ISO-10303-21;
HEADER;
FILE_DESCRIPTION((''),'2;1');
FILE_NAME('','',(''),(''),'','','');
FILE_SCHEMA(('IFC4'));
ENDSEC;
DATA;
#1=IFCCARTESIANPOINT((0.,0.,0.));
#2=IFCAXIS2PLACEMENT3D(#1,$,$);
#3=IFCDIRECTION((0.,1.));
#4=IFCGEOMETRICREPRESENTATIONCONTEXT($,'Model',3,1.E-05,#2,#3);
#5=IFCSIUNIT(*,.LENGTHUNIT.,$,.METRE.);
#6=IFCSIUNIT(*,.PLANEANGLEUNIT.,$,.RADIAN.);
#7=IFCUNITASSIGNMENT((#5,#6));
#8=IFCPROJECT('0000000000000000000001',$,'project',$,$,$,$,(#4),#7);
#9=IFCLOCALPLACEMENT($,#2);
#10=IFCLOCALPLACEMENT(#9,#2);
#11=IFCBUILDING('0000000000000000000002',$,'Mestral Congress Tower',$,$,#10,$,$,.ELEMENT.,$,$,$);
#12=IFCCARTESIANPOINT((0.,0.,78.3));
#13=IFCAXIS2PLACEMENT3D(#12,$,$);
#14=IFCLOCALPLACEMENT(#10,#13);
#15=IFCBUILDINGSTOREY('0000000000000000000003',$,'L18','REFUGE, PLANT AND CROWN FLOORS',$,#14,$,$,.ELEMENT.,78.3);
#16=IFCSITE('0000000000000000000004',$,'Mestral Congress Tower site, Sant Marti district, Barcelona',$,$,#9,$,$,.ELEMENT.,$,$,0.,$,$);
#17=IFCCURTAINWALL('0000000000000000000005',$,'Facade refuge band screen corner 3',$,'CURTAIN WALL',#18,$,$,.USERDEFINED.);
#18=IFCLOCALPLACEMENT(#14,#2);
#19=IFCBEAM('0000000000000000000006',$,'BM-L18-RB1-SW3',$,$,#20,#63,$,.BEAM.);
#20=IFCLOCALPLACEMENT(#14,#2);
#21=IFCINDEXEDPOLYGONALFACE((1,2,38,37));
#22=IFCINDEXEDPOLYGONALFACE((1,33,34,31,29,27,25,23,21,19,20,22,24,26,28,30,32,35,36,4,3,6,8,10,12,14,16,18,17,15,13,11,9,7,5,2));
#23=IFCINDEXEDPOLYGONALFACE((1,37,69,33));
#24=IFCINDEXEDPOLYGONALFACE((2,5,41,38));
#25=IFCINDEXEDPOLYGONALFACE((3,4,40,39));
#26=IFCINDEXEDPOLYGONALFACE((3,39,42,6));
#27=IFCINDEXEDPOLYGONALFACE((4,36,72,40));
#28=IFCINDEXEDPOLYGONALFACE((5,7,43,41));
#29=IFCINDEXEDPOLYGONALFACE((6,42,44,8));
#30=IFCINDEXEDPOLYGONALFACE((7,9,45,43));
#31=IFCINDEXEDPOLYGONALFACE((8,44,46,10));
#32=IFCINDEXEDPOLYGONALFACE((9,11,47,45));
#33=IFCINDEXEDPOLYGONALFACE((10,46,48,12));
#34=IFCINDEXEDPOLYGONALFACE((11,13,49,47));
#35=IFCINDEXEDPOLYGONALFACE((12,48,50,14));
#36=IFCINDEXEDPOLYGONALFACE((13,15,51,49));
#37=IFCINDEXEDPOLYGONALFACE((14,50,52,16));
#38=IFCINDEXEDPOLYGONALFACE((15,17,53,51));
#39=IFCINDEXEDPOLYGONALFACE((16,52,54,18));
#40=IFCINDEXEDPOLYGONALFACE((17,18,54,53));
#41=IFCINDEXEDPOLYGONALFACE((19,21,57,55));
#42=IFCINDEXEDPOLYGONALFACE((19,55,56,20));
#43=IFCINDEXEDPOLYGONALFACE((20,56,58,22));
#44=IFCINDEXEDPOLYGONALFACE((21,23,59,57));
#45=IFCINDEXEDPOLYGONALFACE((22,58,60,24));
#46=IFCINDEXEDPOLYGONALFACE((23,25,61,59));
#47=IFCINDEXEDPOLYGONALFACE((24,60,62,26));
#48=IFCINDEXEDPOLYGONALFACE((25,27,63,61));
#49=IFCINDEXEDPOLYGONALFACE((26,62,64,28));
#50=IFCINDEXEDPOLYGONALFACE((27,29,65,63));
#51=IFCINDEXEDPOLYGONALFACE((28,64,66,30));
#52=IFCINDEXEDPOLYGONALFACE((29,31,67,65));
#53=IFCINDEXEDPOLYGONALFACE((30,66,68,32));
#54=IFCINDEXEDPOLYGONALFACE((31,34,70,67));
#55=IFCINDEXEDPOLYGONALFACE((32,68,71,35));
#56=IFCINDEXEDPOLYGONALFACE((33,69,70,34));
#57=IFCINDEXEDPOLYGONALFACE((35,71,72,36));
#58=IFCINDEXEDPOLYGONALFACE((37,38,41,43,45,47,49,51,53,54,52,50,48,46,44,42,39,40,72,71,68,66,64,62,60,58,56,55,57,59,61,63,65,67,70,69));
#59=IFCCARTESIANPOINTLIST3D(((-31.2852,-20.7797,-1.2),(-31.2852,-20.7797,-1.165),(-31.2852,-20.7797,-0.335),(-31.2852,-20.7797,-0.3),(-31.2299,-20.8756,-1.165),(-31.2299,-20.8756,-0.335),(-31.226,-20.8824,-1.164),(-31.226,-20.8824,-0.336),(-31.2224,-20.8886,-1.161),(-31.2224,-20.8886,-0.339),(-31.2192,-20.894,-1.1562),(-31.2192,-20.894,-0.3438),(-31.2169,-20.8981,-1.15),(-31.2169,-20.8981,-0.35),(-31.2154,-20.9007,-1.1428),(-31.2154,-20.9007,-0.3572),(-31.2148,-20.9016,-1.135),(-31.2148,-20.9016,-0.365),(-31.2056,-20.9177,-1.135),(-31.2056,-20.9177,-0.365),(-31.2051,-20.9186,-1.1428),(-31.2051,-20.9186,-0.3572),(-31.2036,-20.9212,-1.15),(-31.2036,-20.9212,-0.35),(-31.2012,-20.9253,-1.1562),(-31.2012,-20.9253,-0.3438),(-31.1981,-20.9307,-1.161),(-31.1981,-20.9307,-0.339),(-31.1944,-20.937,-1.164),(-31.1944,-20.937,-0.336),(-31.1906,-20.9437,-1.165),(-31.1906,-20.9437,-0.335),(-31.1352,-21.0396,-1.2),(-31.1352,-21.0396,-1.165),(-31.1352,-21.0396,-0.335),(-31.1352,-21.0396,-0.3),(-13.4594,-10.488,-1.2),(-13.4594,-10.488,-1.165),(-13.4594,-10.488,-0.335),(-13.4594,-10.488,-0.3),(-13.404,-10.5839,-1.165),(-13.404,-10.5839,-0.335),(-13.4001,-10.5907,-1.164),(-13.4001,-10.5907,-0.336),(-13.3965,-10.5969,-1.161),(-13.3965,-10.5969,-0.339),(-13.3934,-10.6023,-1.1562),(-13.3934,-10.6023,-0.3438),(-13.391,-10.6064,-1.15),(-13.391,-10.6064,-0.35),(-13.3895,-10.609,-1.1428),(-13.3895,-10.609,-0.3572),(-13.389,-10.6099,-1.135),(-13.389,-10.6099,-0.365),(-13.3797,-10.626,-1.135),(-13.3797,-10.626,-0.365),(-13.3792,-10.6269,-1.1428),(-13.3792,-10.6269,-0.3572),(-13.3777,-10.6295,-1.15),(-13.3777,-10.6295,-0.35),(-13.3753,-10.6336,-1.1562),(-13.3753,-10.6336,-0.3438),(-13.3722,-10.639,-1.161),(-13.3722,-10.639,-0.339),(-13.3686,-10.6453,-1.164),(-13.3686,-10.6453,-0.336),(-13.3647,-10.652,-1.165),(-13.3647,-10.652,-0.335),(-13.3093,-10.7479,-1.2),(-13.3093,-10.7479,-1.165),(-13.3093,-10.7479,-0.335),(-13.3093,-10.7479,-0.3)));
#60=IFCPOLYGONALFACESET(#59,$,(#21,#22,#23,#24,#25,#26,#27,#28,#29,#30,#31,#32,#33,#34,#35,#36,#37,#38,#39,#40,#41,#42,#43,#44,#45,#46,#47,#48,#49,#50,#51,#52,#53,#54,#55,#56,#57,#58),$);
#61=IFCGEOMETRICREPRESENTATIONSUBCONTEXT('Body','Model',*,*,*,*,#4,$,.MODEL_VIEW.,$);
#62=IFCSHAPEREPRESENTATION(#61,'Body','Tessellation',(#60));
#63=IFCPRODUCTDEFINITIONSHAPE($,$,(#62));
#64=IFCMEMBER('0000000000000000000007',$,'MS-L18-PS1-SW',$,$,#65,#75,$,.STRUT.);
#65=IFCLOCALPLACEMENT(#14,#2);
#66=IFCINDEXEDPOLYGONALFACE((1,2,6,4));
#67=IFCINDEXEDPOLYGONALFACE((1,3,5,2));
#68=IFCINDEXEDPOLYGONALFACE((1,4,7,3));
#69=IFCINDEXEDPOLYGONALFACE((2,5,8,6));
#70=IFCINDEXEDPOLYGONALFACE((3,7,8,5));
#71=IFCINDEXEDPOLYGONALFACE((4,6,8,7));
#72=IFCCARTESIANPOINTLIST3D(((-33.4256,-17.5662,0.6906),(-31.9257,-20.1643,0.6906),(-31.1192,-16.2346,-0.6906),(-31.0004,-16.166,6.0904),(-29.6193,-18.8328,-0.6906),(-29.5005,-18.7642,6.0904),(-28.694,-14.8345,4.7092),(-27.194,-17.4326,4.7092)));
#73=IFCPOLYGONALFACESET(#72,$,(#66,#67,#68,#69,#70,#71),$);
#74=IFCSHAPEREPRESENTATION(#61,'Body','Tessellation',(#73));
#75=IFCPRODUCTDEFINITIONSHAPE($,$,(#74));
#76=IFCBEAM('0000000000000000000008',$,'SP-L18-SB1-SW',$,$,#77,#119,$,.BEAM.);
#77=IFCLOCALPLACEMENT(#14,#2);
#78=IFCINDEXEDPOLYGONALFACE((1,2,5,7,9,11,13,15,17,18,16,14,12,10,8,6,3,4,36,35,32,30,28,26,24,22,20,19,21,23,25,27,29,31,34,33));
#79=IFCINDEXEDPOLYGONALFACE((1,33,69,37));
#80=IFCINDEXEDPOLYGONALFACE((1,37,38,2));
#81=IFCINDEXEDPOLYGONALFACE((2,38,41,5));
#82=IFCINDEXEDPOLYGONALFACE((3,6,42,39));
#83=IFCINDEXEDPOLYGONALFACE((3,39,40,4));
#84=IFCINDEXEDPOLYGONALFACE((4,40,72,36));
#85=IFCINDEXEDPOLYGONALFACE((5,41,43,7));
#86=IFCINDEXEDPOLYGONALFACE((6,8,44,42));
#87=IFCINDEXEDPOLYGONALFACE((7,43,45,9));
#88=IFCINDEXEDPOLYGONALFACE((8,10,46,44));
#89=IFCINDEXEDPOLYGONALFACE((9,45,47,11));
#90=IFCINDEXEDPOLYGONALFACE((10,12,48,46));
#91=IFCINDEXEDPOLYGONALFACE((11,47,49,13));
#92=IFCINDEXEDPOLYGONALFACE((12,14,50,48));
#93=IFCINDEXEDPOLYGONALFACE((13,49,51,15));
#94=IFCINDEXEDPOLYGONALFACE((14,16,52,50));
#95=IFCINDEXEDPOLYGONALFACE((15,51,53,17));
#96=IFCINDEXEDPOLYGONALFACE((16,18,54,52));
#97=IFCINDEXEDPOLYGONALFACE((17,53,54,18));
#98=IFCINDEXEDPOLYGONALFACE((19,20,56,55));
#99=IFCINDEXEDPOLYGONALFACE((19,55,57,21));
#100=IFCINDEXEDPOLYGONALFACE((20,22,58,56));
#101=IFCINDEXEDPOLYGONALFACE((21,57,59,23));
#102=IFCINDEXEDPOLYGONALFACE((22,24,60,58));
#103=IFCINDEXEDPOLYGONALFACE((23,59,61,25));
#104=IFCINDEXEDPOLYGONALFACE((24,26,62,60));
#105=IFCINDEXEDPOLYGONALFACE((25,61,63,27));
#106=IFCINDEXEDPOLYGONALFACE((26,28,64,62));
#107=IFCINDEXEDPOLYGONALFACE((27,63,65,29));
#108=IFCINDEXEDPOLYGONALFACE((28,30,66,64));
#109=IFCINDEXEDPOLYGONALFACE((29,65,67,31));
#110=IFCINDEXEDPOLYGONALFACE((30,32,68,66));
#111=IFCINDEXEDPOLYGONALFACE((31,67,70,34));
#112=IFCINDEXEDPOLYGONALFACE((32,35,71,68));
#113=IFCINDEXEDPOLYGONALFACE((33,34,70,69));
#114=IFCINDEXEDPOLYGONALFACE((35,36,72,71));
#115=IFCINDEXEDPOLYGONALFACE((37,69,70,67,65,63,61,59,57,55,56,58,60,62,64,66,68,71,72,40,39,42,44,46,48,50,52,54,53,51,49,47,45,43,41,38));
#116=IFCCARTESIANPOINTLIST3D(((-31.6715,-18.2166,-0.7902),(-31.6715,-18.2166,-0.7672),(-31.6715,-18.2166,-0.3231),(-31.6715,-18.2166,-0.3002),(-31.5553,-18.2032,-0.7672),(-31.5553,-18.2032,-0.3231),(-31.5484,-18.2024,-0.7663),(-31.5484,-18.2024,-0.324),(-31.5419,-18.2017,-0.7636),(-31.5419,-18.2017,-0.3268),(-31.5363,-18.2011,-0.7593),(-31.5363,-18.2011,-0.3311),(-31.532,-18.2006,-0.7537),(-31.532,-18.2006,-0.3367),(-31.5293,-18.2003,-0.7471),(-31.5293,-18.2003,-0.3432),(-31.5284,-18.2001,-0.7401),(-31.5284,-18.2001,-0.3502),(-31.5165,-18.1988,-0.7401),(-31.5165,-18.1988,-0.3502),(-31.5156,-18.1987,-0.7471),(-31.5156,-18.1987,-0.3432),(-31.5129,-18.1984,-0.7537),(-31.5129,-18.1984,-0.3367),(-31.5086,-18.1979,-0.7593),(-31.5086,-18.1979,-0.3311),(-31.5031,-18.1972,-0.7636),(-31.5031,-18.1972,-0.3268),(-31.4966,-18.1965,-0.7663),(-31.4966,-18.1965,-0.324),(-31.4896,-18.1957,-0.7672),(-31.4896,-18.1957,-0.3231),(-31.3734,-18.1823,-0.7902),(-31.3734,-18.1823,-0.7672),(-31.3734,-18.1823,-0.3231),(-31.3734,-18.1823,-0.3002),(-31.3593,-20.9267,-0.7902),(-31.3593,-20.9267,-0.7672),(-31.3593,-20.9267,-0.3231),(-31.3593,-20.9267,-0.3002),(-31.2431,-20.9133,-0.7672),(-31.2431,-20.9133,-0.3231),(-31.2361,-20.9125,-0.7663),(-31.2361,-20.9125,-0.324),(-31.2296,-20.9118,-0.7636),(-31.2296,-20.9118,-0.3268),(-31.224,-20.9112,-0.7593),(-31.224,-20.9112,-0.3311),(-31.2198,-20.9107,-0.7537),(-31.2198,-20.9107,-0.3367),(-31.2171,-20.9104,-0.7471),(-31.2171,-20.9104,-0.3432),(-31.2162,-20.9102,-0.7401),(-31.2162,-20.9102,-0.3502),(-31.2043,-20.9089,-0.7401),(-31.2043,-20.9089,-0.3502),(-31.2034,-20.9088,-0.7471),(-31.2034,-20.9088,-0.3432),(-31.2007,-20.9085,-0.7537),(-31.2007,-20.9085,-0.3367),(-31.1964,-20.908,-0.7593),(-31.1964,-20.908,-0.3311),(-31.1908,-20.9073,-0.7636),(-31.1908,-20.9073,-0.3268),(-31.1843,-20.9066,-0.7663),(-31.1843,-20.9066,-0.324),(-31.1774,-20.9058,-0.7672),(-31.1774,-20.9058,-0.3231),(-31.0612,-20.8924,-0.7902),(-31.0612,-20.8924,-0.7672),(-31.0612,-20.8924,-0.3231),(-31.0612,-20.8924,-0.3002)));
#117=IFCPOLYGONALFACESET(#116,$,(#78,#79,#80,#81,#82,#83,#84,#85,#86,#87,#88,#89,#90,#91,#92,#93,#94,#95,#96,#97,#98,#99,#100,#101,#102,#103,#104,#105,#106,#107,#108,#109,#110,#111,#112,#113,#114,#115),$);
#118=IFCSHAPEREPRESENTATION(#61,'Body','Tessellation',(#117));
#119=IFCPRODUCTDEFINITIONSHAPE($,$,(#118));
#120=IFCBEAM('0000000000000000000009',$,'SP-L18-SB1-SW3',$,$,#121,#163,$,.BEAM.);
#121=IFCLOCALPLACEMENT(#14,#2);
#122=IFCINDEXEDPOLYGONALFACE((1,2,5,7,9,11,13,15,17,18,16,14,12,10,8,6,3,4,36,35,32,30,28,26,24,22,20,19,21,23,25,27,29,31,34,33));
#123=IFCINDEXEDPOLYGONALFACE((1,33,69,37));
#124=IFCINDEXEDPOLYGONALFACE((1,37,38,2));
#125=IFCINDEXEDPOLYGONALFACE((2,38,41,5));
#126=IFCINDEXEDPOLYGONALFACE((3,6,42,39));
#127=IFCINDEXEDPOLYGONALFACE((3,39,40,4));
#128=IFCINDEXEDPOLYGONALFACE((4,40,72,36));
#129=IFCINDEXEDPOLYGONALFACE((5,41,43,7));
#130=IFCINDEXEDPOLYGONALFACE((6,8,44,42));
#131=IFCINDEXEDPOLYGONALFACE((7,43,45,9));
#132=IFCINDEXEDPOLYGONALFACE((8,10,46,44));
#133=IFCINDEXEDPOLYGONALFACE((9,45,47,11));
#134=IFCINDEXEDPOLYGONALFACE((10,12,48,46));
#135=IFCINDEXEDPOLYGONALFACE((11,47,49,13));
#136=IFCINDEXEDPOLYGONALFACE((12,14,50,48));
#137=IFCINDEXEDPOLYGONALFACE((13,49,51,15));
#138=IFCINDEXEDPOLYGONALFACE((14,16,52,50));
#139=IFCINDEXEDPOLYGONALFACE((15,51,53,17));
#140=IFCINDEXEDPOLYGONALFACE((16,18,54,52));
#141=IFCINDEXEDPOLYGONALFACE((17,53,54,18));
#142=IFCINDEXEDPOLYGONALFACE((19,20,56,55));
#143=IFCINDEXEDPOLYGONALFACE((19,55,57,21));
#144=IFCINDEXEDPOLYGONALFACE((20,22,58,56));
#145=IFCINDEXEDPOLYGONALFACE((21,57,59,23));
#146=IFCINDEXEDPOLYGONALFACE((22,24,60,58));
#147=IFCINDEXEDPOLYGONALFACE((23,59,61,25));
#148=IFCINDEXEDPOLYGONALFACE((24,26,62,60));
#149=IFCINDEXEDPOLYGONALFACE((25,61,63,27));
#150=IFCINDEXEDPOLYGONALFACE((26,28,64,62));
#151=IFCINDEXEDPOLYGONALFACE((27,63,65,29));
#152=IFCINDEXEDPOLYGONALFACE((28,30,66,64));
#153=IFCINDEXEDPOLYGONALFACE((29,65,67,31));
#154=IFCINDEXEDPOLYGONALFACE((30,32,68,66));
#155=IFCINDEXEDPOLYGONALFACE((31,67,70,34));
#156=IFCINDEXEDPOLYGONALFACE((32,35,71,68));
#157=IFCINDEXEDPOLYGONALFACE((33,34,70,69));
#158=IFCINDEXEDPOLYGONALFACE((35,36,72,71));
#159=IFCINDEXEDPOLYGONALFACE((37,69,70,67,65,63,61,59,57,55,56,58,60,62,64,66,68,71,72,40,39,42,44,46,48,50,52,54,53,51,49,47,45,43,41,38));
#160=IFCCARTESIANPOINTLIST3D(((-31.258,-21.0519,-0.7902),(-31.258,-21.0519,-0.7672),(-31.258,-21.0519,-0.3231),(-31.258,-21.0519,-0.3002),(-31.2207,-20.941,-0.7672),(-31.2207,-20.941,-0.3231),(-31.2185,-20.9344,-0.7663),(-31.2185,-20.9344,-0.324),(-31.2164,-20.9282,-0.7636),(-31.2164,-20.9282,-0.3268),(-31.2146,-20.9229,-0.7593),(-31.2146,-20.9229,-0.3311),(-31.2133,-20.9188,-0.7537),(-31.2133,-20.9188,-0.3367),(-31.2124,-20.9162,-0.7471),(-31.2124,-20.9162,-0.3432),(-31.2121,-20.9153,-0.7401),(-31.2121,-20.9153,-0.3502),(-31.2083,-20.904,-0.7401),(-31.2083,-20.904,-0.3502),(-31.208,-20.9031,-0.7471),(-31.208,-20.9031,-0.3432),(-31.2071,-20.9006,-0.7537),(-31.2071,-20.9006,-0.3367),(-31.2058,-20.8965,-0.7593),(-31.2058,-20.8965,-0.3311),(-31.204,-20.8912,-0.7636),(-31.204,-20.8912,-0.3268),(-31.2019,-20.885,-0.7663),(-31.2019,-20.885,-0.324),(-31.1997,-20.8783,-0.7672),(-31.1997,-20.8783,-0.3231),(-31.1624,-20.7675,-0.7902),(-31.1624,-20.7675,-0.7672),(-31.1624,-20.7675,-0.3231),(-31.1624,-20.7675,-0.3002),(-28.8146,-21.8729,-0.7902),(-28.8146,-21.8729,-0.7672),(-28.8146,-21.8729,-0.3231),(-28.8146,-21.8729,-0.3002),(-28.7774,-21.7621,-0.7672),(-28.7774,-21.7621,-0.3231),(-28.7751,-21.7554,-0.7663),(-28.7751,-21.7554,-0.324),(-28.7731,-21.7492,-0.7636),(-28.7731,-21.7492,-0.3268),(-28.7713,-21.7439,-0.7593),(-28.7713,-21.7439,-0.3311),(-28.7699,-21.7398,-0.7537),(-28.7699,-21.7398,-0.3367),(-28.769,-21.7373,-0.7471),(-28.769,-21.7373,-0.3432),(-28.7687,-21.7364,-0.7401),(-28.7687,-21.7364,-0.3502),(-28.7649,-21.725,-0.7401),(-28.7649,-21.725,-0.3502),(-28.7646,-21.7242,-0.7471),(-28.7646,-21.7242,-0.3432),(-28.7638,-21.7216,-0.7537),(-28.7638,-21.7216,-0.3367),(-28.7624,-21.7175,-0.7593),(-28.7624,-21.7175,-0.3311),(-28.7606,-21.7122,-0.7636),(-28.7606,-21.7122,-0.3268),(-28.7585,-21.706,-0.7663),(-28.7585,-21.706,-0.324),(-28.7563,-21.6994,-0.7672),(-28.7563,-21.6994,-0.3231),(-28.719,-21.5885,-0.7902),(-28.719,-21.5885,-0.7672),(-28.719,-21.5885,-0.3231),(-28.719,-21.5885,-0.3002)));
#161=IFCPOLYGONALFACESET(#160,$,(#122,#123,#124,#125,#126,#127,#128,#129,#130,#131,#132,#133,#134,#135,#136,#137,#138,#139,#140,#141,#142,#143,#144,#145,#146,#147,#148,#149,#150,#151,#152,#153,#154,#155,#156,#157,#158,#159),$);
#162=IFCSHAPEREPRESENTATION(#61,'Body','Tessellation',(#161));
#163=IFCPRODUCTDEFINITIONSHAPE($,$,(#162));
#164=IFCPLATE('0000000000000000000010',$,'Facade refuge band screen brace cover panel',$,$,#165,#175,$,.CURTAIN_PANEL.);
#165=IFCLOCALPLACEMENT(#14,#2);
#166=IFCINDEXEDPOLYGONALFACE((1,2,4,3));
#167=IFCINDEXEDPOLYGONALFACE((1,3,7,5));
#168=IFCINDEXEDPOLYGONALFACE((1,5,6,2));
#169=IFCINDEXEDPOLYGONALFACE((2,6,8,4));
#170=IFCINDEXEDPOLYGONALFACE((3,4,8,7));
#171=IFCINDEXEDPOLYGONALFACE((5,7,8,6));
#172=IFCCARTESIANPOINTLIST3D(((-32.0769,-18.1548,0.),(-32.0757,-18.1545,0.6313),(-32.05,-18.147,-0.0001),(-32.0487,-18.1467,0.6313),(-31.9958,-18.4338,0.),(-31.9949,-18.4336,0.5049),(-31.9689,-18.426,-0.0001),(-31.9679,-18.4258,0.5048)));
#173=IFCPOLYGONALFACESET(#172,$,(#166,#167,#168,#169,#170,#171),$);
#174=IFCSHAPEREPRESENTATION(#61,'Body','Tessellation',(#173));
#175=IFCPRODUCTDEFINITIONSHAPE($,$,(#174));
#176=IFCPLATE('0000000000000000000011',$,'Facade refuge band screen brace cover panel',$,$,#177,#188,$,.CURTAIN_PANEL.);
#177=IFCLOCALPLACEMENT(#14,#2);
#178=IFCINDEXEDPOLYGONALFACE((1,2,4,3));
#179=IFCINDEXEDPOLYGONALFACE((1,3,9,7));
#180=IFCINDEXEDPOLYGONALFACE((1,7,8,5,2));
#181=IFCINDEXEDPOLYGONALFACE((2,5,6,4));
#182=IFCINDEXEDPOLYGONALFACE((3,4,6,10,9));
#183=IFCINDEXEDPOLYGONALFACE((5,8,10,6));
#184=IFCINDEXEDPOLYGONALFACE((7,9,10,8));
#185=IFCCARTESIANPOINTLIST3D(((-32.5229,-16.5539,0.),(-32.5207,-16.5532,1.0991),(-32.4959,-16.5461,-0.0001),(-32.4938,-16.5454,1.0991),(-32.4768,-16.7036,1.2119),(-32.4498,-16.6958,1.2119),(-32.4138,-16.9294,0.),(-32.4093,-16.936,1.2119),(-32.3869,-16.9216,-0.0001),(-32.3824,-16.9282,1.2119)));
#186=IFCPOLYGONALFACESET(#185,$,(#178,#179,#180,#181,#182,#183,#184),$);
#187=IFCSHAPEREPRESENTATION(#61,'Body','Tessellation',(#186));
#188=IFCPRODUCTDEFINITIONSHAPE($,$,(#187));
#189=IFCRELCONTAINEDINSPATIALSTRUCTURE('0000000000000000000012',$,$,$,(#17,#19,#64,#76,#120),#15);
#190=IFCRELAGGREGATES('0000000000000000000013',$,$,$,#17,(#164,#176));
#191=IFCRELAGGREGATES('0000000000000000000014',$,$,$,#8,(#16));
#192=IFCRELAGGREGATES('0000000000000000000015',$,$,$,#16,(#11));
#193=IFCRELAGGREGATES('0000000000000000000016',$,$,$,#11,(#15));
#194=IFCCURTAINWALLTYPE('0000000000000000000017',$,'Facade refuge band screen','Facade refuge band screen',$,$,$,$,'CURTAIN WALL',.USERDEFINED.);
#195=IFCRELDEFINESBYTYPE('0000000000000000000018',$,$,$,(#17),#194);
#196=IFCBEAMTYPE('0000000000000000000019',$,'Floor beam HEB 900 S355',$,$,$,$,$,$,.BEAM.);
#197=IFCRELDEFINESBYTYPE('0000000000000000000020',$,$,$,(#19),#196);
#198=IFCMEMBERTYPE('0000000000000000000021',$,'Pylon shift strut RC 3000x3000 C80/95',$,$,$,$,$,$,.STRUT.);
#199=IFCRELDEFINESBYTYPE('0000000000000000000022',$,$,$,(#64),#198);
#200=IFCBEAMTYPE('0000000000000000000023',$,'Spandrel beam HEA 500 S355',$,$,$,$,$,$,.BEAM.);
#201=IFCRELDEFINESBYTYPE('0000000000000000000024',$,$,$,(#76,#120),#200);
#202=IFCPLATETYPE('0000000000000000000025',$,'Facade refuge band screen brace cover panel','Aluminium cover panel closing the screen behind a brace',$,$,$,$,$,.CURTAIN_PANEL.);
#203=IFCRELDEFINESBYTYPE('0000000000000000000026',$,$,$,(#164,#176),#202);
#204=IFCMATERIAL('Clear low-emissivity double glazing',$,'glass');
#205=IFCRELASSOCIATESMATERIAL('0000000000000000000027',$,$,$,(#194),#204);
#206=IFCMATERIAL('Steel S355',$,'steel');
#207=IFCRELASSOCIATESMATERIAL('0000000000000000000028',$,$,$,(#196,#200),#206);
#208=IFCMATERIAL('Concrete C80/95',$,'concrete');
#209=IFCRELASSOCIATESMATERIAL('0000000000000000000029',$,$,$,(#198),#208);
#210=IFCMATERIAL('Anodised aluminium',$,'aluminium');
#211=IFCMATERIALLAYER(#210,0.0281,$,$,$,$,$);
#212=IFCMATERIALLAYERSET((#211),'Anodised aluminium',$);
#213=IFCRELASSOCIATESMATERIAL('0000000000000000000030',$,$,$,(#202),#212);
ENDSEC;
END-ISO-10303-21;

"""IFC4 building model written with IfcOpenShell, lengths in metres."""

from ifc_helpers import new_model, si_unit, direction, frame, origin, origin_2d, place, context, subcontext, project, spatial, polyline, rectangle, i_section, outline, extrude, material, layer, layer_set, material_profile, profile_set, type_object, element, aggregate, save


model = new_model("IFC4")

# Units and contexts
model_context = context("Model", 3, precision=1e-05, world=origin(), true_north=direction((0.0, 1.0)))
body_context = subcontext(model_context, "Body", "Model", "MODEL_VIEW")
ifc_project = project(units=[si_unit("LENGTHUNIT", "METRE"), si_unit("PLANEANGLEUNIT", "RADIAN")], contexts=[model_context])

# Site, building, storey
site_placement = place(None, origin())
site = spatial("IfcSite", under=ifc_project, at=site_placement, Name="Mestral Congress Tower site, Sant Marti district, Barcelona", CompositionType="ELEMENT", RefElevation=0.0)
building_placement = place(site_placement, origin())
building = spatial("IfcBuilding", under=site, at=building_placement, Name="Mestral Congress Tower", CompositionType="ELEMENT")
storey_placement = place(building_placement, frame((0.0, 0.0, 78.3)))
storey = spatial("IfcBuildingStorey", under=building, at=storey_placement, Name="L18", Description="REFUGE, PLANT AND CROWN FLOORS", CompositionType="ELEMENT", Elevation=78.3)

# Shared definitions
ifc_material_1 = material(Name="Steel S355", Category="steel")

# Curtain wall
ifc_material_2 = material(Name="Clear low-emissivity double glazing", Category="glass")
curtain_wall_type = type_object("IfcCurtainWallType", Name="Facade refuge band screen", Description="Facade refuge band screen", ElementType="CURTAIN WALL", PredefinedType="USERDEFINED", material=ifc_material_2)
curtain_wall_placement = place(storey_placement, origin())
curtain_wall = element("IfcCurtainWall", 1, at=curtain_wall_placement, inside=storey, type_object=curtain_wall_type, Name="Facade refuge band screen corner 3", ObjectType="CURTAIN WALL", PredefinedType="USERDEFINED")
ifc_material_3 = material(Name="Anodised aluminium", Category="aluminium")

# Beam
ifc_material_profile_1 = material_profile(ifc_material_1, i_section(OverallWidth=0.3, OverallDepth=0.8999, WebThickness=0.0186, FlangeThickness=0.0349, FilletRadius=0.03, at=origin_2d()), Name="HEB 900")
ifc_profile_set_1 = profile_set([ifc_material_profile_1], Name="Steel S355")
beam_type_1 = type_object("IfcBeamType", Name="Floor beam HEB 900 S355", PredefinedType="BEAM", material=ifc_profile_set_1)
beam_1_placement = place(storey_placement, frame((-31.2102, -20.9097, -0.75), z_axis=(0.866027, 0.499998, 0.0), x_axis=(-0.499998, 0.866027, 0.0)))
element("IfcBeam", 2, at=beam_1_placement, inside=storey, type_object=beam_type_1, Name="BM-L18-RB1-SW3", PredefinedType="BEAM", context=body_context, shape_type="SweptSolid", body=[
    extrude(i_section(OverallWidth=0.3, OverallDepth=0.8999, WebThickness=0.0186, FlangeThickness=0.0349, FilletRadius=0.03, at=origin_2d()), origin(), (0.0, 0.0, 1.0), 20.5835),
])

# Member
ifc_material_4 = material(Name="Concrete C80/95", Category="concrete")
ifc_material_profile_2 = material_profile(ifc_material_4, rectangle(XDim=3.0, YDim=3.0, at=origin_2d()), Name="RC 3000x3000")
ifc_profile_set_2 = profile_set([ifc_material_profile_2], Name="Concrete C80/95")
member_type_1 = type_object("IfcMemberType", Name="Pylon shift strut RC 3000x3000 C80/95", PredefinedType="STRUT", material=ifc_profile_set_2)
member_1_placement = place(storey_placement, frame((-31.5225, -18.1995, 0.0), z_axis=(0.398708, 0.230178, 0.887722), x_axis=(-0.499974, 0.86604, 0.0)))
element("IfcMember", 3, at=member_1_placement, inside=storey, type_object=member_type_1, Name="MS-L18-PS1-SW", PredefinedType="STRUT", context=body_context, shape_type="SweptSolid", body=[
    extrude(rectangle(XDim=3.0, YDim=3.0, at=origin_2d()), origin(), (0.0, 0.0, 1.0), 6.0828),
])

# Beams
ifc_material_profile_3 = material_profile(ifc_material_1, i_section(OverallWidth=0.3, OverallDepth=0.49, WebThickness=0.012, FlangeThickness=0.0229, FilletRadius=0.0271, at=origin_2d()), Name="HEA 500")
ifc_profile_set_3 = profile_set([ifc_material_profile_3], Name="Steel S355")
beam_type_2 = type_object("IfcBeamType", Name="Spandrel beam HEA 500 S355", PredefinedType="BEAM", material=ifc_profile_set_3)
beam_2_placement = place(storey_placement, frame((-31.5225, -18.1995, -0.5452), z_axis=(0.114458, -0.993428, 0.0), x_axis=(0.993428, 0.114458, 0.0)))
element("IfcBeam", 4, at=beam_2_placement, inside=storey, type_object=beam_type_2, Name="SP-L18-SB1-SW", PredefinedType="BEAM", context=body_context, shape_type="SweptSolid", body=[
    extrude(i_section(OverallWidth=0.3, OverallDepth=0.49, WebThickness=0.012, FlangeThickness=0.0229, FilletRadius=0.0271, at=origin_2d()), origin(), (0.0, 0.0, 1.0), 2.728),
])
beam_3_placement = place(storey_placement, frame((-31.2102, -20.9097, -0.5452), z_axis=(0.947913, -0.318528, 0.0), x_axis=(0.318528, 0.947913, 0.0)))
element("IfcBeam", 5, at=beam_3_placement, inside=storey, type_object=beam_type_2, Name="SP-L18-SB1-SW3", PredefinedType="BEAM", context=body_context, shape_type="SweptSolid", body=[
    extrude(i_section(OverallWidth=0.3, OverallDepth=0.49, WebThickness=0.012, FlangeThickness=0.0229, FilletRadius=0.0271, at=origin_2d()), origin(), (0.0, 0.0, 1.0), 2.5776),
])

# Plates
ifc_layer_1 = layer(ifc_material_3, 0.0281)
ifc_layer_set_1 = layer_set([ifc_layer_1], Name="Anodised aluminium")
plate_type = type_object("IfcPlateType", Name="Facade refuge band screen brace cover panel", Description="Aluminium cover panel closing the screen behind a brace", PredefinedType="CURTAIN_PANEL", material=ifc_layer_set_1)
plate_1_placement = place(storey_placement, frame((-31.9958, -18.4338, 0.0), z_axis=(-0.960301, -0.27896, 0.001977), x_axis=(-0.278961, 0.960302, 0.0)))
plate_1 = element("IfcPlate", 6, at=plate_1_placement, type_object=plate_type, Name="Facade refuge band screen brace cover panel", PredefinedType="CURTAIN_PANEL", context=body_context, shape_type="SweptSolid", body=[
    extrude(outline(polyline([(0.0, 0.0), (0.2906, 0.0), (0.2905, -0.6313), (0.0, -0.5049), (0.0, 0.0)])), origin(), (0.0, 0.0, -1.0), 0.0281),
])
plate_2_placement = place(storey_placement, frame((-32.4768, -16.7036, 1.2119), z_axis=(-0.960325, -0.278877, 0.002058), x_axis=(0.278877, -0.960327, -0.000001)))
plate_2 = element("IfcPlate", 7, at=plate_2_placement, type_object=plate_type, Name="Facade refuge band screen brace cover panel", PredefinedType="CURTAIN_PANEL", context=body_context, shape_type="SweptSolid", body=[
    extrude(outline(polyline([(0.0, 0.0), (0.242, 0.0), (0.2344, -1.2119), (-0.1566, -1.2119), (-0.1567, -0.1128), (0.0, 0.0)])), origin(), (0.0, 0.0, -1.0), 0.0281),
])

aggregate(curtain_wall, [plate_1, plate_2])

save(model, "model.ifc")
